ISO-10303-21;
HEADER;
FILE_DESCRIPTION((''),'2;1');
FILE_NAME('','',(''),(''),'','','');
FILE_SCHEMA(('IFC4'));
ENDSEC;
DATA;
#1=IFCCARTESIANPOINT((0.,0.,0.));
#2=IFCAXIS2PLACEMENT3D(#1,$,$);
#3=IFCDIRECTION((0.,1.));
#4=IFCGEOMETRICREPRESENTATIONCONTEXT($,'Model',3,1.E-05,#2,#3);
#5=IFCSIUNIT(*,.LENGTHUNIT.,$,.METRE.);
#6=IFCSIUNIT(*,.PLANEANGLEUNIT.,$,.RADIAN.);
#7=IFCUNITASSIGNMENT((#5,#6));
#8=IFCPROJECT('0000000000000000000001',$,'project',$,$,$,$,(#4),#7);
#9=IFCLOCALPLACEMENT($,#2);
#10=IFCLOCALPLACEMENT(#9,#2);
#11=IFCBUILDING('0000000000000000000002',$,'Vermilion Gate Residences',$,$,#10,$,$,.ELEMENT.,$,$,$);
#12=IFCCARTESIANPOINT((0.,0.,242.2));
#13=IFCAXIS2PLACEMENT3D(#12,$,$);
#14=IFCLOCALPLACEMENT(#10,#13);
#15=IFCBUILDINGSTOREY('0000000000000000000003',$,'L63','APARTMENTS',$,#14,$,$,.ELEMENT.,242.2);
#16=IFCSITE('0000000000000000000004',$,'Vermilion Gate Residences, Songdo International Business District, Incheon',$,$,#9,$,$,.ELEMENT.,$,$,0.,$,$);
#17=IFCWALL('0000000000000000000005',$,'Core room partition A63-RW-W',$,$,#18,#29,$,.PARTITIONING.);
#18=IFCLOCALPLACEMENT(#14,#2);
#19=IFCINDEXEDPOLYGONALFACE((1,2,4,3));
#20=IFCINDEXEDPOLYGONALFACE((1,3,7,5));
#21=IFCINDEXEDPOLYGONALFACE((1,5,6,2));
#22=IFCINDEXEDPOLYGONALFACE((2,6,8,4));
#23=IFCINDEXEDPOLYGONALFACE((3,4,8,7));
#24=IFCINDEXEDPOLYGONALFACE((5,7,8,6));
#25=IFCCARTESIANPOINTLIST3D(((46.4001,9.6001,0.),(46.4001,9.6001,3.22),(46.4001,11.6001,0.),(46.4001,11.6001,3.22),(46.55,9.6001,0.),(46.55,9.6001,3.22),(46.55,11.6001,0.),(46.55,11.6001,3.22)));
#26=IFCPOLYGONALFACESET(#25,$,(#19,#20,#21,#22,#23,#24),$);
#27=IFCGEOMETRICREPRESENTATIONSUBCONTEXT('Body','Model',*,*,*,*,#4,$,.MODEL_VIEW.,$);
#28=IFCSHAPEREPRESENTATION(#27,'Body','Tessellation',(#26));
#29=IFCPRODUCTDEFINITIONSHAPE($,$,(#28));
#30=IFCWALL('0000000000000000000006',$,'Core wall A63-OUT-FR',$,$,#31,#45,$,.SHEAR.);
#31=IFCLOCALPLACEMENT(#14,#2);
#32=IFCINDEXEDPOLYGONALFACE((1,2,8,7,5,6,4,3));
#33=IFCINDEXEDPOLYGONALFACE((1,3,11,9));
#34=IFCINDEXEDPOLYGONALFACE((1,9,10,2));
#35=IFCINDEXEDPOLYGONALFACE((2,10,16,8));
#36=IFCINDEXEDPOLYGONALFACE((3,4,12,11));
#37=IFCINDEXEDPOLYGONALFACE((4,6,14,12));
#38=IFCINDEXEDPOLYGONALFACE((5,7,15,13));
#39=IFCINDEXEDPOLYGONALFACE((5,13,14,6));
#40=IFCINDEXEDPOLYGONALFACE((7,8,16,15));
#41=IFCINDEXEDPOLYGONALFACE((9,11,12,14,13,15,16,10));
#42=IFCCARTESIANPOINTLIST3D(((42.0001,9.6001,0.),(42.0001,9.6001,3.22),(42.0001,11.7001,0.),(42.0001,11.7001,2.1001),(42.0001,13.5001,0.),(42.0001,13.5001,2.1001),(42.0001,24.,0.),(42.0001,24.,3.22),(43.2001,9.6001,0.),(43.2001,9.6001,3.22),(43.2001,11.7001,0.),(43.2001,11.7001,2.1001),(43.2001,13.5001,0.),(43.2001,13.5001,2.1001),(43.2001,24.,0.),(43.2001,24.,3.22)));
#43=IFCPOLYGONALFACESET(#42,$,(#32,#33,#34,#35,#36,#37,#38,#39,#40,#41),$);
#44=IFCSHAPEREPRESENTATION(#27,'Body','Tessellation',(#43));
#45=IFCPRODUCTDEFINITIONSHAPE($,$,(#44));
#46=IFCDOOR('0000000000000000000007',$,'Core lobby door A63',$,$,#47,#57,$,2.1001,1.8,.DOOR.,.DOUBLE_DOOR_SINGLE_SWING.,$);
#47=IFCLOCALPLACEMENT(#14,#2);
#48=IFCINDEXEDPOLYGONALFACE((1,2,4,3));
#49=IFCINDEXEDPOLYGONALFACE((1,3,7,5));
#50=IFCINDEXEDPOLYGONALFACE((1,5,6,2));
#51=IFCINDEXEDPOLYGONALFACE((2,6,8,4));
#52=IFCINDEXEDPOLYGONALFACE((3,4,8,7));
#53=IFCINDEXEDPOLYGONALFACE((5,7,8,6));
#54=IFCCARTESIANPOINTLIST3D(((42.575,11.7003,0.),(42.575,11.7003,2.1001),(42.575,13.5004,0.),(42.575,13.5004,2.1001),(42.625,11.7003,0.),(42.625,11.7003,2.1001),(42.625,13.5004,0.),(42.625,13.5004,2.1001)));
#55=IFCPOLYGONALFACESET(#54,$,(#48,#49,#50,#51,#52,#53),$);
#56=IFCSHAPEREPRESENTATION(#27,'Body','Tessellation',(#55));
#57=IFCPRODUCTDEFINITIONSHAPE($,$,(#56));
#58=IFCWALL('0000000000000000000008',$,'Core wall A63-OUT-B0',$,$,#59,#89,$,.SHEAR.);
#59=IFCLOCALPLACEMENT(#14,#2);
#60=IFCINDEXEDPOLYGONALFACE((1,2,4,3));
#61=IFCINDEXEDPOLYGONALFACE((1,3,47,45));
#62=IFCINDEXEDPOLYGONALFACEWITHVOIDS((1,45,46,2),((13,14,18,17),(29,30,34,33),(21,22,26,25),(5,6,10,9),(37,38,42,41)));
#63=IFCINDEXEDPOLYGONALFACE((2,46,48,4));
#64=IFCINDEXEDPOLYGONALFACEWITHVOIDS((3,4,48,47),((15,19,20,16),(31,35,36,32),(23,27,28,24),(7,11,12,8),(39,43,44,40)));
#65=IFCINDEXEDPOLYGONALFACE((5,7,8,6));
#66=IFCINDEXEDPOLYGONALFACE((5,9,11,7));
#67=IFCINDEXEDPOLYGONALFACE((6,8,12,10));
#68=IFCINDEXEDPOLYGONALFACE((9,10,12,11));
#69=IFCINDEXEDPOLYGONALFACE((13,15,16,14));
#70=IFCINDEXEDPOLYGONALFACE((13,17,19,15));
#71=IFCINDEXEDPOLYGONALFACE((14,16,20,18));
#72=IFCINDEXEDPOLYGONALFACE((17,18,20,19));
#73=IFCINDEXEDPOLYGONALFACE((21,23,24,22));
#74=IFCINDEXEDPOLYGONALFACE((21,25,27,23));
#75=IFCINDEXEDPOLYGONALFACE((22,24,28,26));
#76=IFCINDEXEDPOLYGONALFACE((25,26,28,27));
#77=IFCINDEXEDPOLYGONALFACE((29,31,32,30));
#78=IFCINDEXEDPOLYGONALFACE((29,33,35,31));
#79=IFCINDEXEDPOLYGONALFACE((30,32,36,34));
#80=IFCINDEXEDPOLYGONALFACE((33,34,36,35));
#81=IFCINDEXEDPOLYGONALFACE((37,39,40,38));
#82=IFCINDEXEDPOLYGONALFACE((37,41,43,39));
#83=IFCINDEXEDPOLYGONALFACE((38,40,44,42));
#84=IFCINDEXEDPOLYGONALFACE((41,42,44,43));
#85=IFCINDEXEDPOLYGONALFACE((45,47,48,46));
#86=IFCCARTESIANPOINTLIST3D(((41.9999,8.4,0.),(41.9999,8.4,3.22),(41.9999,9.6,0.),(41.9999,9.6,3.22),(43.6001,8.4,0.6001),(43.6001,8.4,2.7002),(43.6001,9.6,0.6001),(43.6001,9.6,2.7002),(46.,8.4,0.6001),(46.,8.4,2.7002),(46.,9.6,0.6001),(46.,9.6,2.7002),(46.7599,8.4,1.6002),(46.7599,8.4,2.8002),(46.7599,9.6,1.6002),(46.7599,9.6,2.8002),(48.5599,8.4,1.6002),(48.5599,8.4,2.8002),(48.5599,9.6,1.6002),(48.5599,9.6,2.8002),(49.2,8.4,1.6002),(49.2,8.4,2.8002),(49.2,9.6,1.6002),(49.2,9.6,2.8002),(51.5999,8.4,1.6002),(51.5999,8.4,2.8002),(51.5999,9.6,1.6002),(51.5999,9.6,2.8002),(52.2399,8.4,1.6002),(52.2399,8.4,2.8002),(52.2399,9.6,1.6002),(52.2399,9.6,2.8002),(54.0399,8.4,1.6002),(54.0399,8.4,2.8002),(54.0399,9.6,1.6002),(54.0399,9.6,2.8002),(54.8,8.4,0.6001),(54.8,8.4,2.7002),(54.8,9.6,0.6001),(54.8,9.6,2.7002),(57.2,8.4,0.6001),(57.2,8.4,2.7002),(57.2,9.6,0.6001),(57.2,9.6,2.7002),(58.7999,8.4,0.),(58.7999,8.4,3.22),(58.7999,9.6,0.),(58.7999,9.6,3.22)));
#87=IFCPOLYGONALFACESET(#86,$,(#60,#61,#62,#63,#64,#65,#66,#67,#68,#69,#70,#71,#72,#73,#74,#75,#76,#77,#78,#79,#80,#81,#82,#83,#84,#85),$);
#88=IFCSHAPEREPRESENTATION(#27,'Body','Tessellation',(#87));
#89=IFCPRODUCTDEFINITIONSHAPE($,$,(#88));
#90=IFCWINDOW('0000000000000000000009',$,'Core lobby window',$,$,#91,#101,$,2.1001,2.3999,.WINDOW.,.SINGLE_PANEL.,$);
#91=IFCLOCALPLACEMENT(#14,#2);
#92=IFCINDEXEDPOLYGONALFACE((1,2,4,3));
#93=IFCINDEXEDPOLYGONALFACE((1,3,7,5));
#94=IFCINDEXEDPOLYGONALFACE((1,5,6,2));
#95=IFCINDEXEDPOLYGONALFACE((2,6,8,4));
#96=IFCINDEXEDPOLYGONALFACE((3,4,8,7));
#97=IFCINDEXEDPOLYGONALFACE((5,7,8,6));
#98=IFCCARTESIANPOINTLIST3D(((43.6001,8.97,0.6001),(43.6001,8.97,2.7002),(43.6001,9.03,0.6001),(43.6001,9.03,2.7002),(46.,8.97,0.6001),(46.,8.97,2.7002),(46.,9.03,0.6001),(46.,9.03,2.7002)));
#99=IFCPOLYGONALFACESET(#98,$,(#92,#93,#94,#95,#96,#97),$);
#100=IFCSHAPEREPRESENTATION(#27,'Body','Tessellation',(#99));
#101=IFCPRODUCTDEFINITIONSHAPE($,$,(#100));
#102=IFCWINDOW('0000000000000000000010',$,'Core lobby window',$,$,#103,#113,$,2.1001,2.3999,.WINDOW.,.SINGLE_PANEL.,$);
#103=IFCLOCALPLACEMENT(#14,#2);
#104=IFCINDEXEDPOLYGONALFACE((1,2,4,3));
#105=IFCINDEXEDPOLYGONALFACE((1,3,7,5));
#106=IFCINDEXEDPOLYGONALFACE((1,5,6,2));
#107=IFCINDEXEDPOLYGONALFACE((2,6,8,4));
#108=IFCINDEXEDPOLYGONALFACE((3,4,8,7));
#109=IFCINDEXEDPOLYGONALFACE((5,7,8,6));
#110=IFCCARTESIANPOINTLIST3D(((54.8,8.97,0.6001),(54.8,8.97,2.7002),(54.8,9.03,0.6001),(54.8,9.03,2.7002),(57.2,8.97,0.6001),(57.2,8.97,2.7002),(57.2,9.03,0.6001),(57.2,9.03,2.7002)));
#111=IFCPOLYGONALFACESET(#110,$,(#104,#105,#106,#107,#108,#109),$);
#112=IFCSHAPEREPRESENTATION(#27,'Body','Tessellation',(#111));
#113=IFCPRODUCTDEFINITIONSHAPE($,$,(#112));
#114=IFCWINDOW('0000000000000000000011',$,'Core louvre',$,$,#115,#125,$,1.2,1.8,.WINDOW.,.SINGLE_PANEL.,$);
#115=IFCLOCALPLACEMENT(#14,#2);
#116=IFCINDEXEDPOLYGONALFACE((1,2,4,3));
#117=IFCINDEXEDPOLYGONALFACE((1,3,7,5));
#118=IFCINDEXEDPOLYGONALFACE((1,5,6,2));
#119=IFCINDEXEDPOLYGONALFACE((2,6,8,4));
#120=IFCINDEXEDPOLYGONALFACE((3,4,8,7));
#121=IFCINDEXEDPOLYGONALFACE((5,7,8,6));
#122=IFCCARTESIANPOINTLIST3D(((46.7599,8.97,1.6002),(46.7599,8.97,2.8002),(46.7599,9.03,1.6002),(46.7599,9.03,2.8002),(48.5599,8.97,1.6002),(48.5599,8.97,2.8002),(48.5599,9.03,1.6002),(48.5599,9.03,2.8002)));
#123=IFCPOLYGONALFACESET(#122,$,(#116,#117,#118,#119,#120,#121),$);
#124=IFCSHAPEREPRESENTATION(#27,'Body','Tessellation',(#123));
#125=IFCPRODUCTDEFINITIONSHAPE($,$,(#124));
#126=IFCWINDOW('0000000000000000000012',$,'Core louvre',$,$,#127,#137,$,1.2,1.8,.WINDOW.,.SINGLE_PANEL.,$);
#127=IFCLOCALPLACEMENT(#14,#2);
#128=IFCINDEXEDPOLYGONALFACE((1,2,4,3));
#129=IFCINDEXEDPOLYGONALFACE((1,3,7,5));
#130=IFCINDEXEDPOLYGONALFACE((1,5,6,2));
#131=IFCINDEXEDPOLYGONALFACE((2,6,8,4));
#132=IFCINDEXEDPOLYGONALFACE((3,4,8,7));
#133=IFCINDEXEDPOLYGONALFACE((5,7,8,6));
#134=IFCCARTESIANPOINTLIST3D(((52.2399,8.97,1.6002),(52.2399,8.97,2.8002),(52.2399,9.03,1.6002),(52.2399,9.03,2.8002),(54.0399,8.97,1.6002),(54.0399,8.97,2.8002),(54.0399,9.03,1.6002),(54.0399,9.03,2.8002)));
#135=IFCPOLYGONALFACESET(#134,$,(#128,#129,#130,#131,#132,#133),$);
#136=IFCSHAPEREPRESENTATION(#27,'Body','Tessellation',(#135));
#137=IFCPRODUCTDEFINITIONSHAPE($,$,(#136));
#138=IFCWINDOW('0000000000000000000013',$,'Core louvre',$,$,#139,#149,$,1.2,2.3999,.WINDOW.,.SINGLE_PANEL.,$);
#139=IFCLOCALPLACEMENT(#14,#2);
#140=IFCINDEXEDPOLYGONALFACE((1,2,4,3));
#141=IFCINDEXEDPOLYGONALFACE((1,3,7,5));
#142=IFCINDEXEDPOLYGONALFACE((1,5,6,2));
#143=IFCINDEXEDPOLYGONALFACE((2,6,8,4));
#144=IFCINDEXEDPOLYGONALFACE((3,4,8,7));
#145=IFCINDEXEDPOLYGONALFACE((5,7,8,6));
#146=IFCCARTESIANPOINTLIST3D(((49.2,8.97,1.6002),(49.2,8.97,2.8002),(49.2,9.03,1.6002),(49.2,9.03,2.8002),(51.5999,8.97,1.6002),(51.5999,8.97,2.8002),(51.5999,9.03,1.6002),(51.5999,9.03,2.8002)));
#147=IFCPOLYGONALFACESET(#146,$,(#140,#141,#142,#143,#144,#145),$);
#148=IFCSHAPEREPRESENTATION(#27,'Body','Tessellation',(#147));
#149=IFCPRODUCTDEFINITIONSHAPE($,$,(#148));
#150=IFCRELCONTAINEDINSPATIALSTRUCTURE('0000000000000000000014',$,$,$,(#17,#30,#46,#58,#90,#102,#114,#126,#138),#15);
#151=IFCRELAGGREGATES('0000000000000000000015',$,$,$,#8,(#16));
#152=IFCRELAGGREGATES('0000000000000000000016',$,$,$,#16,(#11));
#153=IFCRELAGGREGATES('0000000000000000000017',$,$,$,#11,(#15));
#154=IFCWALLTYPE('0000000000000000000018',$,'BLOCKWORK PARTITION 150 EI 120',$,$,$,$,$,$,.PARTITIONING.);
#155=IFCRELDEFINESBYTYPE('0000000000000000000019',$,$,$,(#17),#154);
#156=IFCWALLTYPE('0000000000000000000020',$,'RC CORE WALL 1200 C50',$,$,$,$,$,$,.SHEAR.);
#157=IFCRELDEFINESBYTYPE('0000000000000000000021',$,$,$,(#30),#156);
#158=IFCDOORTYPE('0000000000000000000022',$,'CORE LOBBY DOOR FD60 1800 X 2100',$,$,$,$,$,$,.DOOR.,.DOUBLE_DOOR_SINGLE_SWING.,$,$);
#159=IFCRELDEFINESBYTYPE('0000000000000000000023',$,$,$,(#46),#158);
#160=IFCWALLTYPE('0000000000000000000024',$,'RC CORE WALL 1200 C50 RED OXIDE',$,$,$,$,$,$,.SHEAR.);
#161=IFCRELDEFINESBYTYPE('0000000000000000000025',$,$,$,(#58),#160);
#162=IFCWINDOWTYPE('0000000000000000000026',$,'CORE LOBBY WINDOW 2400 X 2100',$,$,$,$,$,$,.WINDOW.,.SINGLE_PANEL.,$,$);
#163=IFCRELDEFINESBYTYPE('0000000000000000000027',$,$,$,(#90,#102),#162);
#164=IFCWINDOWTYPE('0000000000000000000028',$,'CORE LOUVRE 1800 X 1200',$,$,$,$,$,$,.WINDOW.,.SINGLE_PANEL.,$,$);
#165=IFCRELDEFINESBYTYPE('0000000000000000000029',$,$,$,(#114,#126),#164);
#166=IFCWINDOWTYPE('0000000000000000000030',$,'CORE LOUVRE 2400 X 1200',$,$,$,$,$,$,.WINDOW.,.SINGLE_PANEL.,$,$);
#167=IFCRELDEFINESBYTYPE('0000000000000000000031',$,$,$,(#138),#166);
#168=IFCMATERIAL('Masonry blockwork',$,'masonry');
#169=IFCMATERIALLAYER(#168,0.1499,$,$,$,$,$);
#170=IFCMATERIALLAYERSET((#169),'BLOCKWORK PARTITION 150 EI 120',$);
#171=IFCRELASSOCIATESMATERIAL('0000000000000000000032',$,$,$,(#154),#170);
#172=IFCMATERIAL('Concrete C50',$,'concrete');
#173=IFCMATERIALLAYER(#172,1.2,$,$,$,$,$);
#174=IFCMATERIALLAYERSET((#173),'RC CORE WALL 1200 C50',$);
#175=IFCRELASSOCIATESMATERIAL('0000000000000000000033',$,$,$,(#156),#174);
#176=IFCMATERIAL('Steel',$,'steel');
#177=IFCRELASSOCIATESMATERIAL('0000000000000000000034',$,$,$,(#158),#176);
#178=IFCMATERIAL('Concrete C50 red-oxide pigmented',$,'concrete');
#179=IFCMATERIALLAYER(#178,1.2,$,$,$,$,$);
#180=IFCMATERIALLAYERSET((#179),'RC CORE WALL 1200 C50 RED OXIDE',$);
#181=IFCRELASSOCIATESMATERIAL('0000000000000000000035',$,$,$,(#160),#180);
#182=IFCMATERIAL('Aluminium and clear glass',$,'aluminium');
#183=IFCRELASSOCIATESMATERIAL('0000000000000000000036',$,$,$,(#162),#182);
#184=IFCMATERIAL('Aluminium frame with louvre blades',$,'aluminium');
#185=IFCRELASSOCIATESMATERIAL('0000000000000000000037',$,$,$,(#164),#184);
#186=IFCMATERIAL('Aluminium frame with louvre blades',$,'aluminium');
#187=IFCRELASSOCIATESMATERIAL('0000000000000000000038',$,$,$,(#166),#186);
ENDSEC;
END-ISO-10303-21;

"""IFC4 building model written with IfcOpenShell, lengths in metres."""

from ifc_helpers import new_model, si_unit, direction, frame, frame_2d, origin, place, context, subcontext, project, spatial, rectangle, extrude, material, layer, layer_set, type_object, element, fill, save


model = new_model("IFC4")

# Units and contexts
model_context = context("Model", 3, precision=1e-05, world=origin(), true_north=direction((0.0, 1.0)))
body_context = subcontext(model_context, "Body", "Model", "MODEL_VIEW")
ifc_project = project(units=[si_unit("LENGTHUNIT", "METRE"), si_unit("PLANEANGLEUNIT", "RADIAN")], contexts=[model_context])

# Site, building, storey
site_placement = place(None, origin())
site = spatial("IfcSite", under=ifc_project, at=site_placement, Name="Vermilion Gate Residences, Songdo International Business District, Incheon", CompositionType="ELEMENT", RefElevation=0.0)
building_placement = place(site_placement, origin())
building = spatial("IfcBuilding", under=site, at=building_placement, Name="Vermilion Gate Residences", CompositionType="ELEMENT")
storey_placement = place(building_placement, frame((0.0, 0.0, 242.2)))
storey = spatial("IfcBuildingStorey", under=building, at=storey_placement, Name="L63", Description="APARTMENTS", CompositionType="ELEMENT", Elevation=242.2)

# Wall
ifc_material_1 = material(Name="Masonry blockwork", Category="masonry")
ifc_layer_1 = layer(ifc_material_1, 0.1499)
ifc_layer_set_1 = layer_set([ifc_layer_1], Name="BLOCKWORK PARTITION 150 EI 120")
wall_type_1 = type_object("IfcWallType", Name="BLOCKWORK PARTITION 150 EI 120", PredefinedType="PARTITIONING", material=ifc_layer_set_1)
wall_1_placement = place(storey_placement, frame((46.4751, 9.6001, 0.0), z_axis=(0.0, 0.0, 1.0), x_axis=(0.0, 1.0, 0.0)))
element("IfcWall", 1, at=wall_1_placement, inside=storey, type_object=wall_type_1, Name="Core room partition A63-RW-W", PredefinedType="PARTITIONING", context=body_context, shape_type="SweptSolid", body=[
    extrude(rectangle(XDim=2.0, YDim=0.1499, at=frame_2d((1.0, 0.0))), origin(), (0.0, 0.0, 1.0), 3.22),
])

# Wall, opening, door
ifc_material_2 = material(Name="Concrete C50", Category="concrete")
ifc_layer_2 = layer(ifc_material_2, 1.2)
ifc_layer_set_2 = layer_set([ifc_layer_2], Name="RC CORE WALL 1200 C50")
wall_type_2 = type_object("IfcWallType", Name="RC CORE WALL 1200 C50", PredefinedType="SHEAR", material=ifc_layer_set_2)
wall_2_placement = place(storey_placement, frame((42.6001, 9.6001, 0.0), z_axis=(0.0, 0.0, 1.0), x_axis=(0.0, 1.0, 0.0)))
wall_2 = element("IfcWall", 2, at=wall_2_placement, inside=storey, type_object=wall_type_2, Name="Core wall A63-OUT-FR", PredefinedType="SHEAR", context=body_context, shape_type="SweptSolid", body=[
    extrude(rectangle(XDim=14.3999, YDim=1.2, at=frame_2d((7.2, 0.0))), origin(), (0.0, 0.0, 1.0), 3.22),
])
opening_1_placement = place(wall_2_placement, frame((2.1001, 0.0, 0.0)))
opening_1 = element("IfcOpeningElement", 3, at=opening_1_placement, cuts=wall_2, PredefinedType="OPENING", context=body_context, shape_type="SweptSolid", body=[
    extrude(rectangle(XDim=1.8, YDim=2.1001, at=frame_2d((0.8999, 1.05))), frame((0.0, 0.6099, 0.0), z_axis=(0.0, -1.0, 0.0), x_axis=(1.0, 0.0, 0.0)), (0.0, 0.0, 1.0), 1.22),
])
ifc_material_3 = material(Name="Steel", Category="steel")
door_type = type_object("IfcDoorType", Name="CORE LOBBY DOOR FD60 1800 X 2100", OperationType="DOUBLE_DOOR_SINGLE_SWING", PredefinedType="DOOR", material=ifc_material_3)
door_placement = place(opening_1_placement, frame((1.8, 0.0, 0.0), z_axis=(0.0, 0.0, 1.0), x_axis=(-1.0, 0.0, 0.0)))
door = element("IfcDoor", 4, at=door_placement, inside=storey, type_object=door_type, Name="Core lobby door A63", OperationType="DOUBLE_DOOR_SINGLE_SWING", OverallHeight=2.1001, OverallWidth=1.8, PredefinedType="DOOR", context=body_context, shape_type="SweptSolid", body=[
    extrude(rectangle(XDim=1.8, YDim=2.1001, at=frame_2d((0.8999, 1.05))), frame((0.0, 0.0249, 0.0), z_axis=(0.0, -1.0, 0.0), x_axis=(1.0, 0.0, 0.0)), (0.0, 0.0, 1.0), 0.05),
])
fill(opening_1, door)

# Wall, openings, windows
ifc_material_4 = material(Name="Concrete C50 red-oxide pigmented", Category="concrete")
ifc_layer_3 = layer(ifc_material_4, 1.2)
ifc_layer_set_3 = layer_set([ifc_layer_3], Name="RC CORE WALL 1200 C50 RED OXIDE")
wall_type_3 = type_object("IfcWallType", Name="RC CORE WALL 1200 C50 RED OXIDE", PredefinedType="SHEAR", material=ifc_layer_set_3)
wall_3_placement = place(storey_placement, frame((42.0, 9.0, 0.0), z_axis=(0.0, 0.0, 1.0), x_axis=(1.0, 0.0, 0.0)))
wall_3 = element("IfcWall", 5, at=wall_3_placement, inside=storey, type_object=wall_type_3, Name="Core wall A63-OUT-B0", PredefinedType="SHEAR", context=body_context, shape_type="SweptSolid", body=[
    extrude(rectangle(XDim=16.8, YDim=1.2, at=frame_2d((8.3999, 0.0))), origin(), (0.0, 0.0, 1.0), 3.22),
])
opening_2_placement = place(wall_3_placement, frame((1.6001, 0.0, 0.6001)))
opening_2 = element("IfcOpeningElement", 6, at=opening_2_placement, cuts=wall_3, PredefinedType="OPENING", context=body_context, shape_type="SweptSolid", body=[
    extrude(rectangle(XDim=2.3999, YDim=2.1001, at=frame_2d((1.2, 1.05))), frame((0.0, 0.6099, 0.0), z_axis=(0.0, -1.0, 0.0), x_axis=(1.0, 0.0, 0.0)), (0.0, 0.0, 1.0), 1.22),
])
opening_3_placement = place(wall_3_placement, frame((4.76, 0.0, 1.6001)))
opening_3 = element("IfcOpeningElement", 7, at=opening_3_placement, cuts=wall_3, PredefinedType="OPENING", context=body_context, shape_type="SweptSolid", body=[
    extrude(rectangle(XDim=1.8, YDim=1.2, at=frame_2d((0.8999, 0.6001))), frame((0.0, 0.6099, 0.0), z_axis=(0.0, -1.0, 0.0), x_axis=(1.0, 0.0, 0.0)), (0.0, 0.0, 1.0), 1.22),
])
opening_4_placement = place(wall_3_placement, frame((7.2, 0.0, 1.6001)))
opening_4 = element("IfcOpeningElement", 8, at=opening_4_placement, cuts=wall_3, PredefinedType="OPENING", context=body_context, shape_type="SweptSolid", body=[
    extrude(rectangle(XDim=2.3999, YDim=1.2, at=frame_2d((1.2, 0.6001))), frame((0.0, 0.6099, 0.0), z_axis=(0.0, -1.0, 0.0), x_axis=(1.0, 0.0, 0.0)), (0.0, 0.0, 1.0), 1.22),
])
opening_5_placement = place(wall_3_placement, frame((10.24, 0.0, 1.6001)))
opening_5 = element("IfcOpeningElement", 9, at=opening_5_placement, cuts=wall_3, PredefinedType="OPENING", context=body_context, shape_type="SweptSolid", body=[
    extrude(rectangle(XDim=1.8, YDim=1.2, at=frame_2d((0.8999, 0.6001))), frame((0.0, 0.6099, 0.0), z_axis=(0.0, -1.0, 0.0), x_axis=(1.0, 0.0, 0.0)), (0.0, 0.0, 1.0), 1.22),
])
opening_6_placement = place(wall_3_placement, frame((12.8, 0.0, 0.6001)))
opening_6 = element("IfcOpeningElement", 10, at=opening_6_placement, cuts=wall_3, PredefinedType="OPENING", context=body_context, shape_type="SweptSolid", body=[
    extrude(rectangle(XDim=2.3999, YDim=2.1001, at=frame_2d((1.2, 1.05))), frame((0.0, 0.6099, 0.0), z_axis=(0.0, -1.0, 0.0), x_axis=(1.0, 0.0, 0.0)), (0.0, 0.0, 1.0), 1.22),
])
ifc_material_5 = material(Name="Aluminium and clear glass", Category="aluminium")
window_type_1 = type_object("IfcWindowType", Name="CORE LOBBY WINDOW 2400 X 2100", PartitioningType="SINGLE_PANEL", PredefinedType="WINDOW", material=ifc_material_5)
window_1_placement = place(opening_2_placement, origin())
window_1 = element("IfcWindow", 11, at=window_1_placement, inside=storey, type_object=window_type_1, Name="Core lobby window", OverallHeight=2.1001, OverallWidth=2.3999, PartitioningType="SINGLE_PANEL", PredefinedType="WINDOW", context=body_context, shape_type="SweptSolid", body=[
    extrude(rectangle(XDim=2.3999, YDim=2.1001, at=frame_2d((1.2, 1.05))), frame((0.0, 0.03, 0.0), z_axis=(0.0, -1.0, 0.0), x_axis=(1.0, 0.0, 0.0)), (0.0, 0.0, 1.0), 0.0601),
])
fill(opening_2, window_1)
window_2_placement = place(opening_6_placement, origin())
window_2 = element("IfcWindow", 12, at=window_2_placement, inside=storey, type_object=window_type_1, Name="Core lobby window", OverallHeight=2.1001, OverallWidth=2.3999, PartitioningType="SINGLE_PANEL", PredefinedType="WINDOW", context=body_context, shape_type="SweptSolid", body=[
    extrude(rectangle(XDim=2.3999, YDim=2.1001, at=frame_2d((1.2, 1.05))), frame((0.0, 0.03, 0.0), z_axis=(0.0, -1.0, 0.0), x_axis=(1.0, 0.0, 0.0)), (0.0, 0.0, 1.0), 0.0601),
])
fill(opening_6, window_2)
ifc_material_6 = material(Name="Aluminium frame with louvre blades", Category="aluminium")
window_type_2 = type_object("IfcWindowType", Name="CORE LOUVRE 1800 X 1200", PartitioningType="SINGLE_PANEL", PredefinedType="WINDOW", material=ifc_material_6)
window_3_placement = place(opening_3_placement, origin())
window_3 = element("IfcWindow", 13, at=window_3_placement, inside=storey, type_object=window_type_2, Name="Core louvre", OverallHeight=1.2, OverallWidth=1.8, PartitioningType="SINGLE_PANEL", PredefinedType="WINDOW", context=body_context, shape_type="SweptSolid", body=[
    extrude(rectangle(XDim=1.8, YDim=1.2, at=frame_2d((0.8999, 0.6001))), frame((0.0, 0.03, 0.0), z_axis=(0.0, -1.0, 0.0), x_axis=(1.0, 0.0, 0.0)), (0.0, 0.0, 1.0), 0.0601),
])
fill(opening_3, window_3)
window_4_placement = place(opening_5_placement, origin())
window_4 = element("IfcWindow", 14, at=window_4_placement, inside=storey, type_object=window_type_2, Name="Core louvre", OverallHeight=1.2, OverallWidth=1.8, PartitioningType="SINGLE_PANEL", PredefinedType="WINDOW", context=body_context, shape_type="SweptSolid", body=[
    extrude(rectangle(XDim=1.8, YDim=1.2, at=frame_2d((0.8999, 0.6001))), frame((0.0, 0.03, 0.0), z_axis=(0.0, -1.0, 0.0), x_axis=(1.0, 0.0, 0.0)), (0.0, 0.0, 1.0), 0.0601),
])
fill(opening_5, window_4)
ifc_material_7 = material(Name="Aluminium frame with louvre blades", Category="aluminium")
window_type_3 = type_object("IfcWindowType", Name="CORE LOUVRE 2400 X 1200", PartitioningType="SINGLE_PANEL", PredefinedType="WINDOW", material=ifc_material_7)
window_5_placement = place(opening_4_placement, origin())
window_5 = element("IfcWindow", 15, at=window_5_placement, inside=storey, type_object=window_type_3, Name="Core louvre", OverallHeight=1.2, OverallWidth=2.3999, PartitioningType="SINGLE_PANEL", PredefinedType="WINDOW", context=body_context, shape_type="SweptSolid", body=[
    extrude(rectangle(XDim=2.3999, YDim=1.2, at=frame_2d((1.2, 0.6001))), frame((0.0, 0.03, 0.0), z_axis=(0.0, -1.0, 0.0), x_axis=(1.0, 0.0, 0.0)), (0.0, 0.0, 1.0), 0.0601),
])
fill(opening_4, window_5)

save(model, "model.ifc")
